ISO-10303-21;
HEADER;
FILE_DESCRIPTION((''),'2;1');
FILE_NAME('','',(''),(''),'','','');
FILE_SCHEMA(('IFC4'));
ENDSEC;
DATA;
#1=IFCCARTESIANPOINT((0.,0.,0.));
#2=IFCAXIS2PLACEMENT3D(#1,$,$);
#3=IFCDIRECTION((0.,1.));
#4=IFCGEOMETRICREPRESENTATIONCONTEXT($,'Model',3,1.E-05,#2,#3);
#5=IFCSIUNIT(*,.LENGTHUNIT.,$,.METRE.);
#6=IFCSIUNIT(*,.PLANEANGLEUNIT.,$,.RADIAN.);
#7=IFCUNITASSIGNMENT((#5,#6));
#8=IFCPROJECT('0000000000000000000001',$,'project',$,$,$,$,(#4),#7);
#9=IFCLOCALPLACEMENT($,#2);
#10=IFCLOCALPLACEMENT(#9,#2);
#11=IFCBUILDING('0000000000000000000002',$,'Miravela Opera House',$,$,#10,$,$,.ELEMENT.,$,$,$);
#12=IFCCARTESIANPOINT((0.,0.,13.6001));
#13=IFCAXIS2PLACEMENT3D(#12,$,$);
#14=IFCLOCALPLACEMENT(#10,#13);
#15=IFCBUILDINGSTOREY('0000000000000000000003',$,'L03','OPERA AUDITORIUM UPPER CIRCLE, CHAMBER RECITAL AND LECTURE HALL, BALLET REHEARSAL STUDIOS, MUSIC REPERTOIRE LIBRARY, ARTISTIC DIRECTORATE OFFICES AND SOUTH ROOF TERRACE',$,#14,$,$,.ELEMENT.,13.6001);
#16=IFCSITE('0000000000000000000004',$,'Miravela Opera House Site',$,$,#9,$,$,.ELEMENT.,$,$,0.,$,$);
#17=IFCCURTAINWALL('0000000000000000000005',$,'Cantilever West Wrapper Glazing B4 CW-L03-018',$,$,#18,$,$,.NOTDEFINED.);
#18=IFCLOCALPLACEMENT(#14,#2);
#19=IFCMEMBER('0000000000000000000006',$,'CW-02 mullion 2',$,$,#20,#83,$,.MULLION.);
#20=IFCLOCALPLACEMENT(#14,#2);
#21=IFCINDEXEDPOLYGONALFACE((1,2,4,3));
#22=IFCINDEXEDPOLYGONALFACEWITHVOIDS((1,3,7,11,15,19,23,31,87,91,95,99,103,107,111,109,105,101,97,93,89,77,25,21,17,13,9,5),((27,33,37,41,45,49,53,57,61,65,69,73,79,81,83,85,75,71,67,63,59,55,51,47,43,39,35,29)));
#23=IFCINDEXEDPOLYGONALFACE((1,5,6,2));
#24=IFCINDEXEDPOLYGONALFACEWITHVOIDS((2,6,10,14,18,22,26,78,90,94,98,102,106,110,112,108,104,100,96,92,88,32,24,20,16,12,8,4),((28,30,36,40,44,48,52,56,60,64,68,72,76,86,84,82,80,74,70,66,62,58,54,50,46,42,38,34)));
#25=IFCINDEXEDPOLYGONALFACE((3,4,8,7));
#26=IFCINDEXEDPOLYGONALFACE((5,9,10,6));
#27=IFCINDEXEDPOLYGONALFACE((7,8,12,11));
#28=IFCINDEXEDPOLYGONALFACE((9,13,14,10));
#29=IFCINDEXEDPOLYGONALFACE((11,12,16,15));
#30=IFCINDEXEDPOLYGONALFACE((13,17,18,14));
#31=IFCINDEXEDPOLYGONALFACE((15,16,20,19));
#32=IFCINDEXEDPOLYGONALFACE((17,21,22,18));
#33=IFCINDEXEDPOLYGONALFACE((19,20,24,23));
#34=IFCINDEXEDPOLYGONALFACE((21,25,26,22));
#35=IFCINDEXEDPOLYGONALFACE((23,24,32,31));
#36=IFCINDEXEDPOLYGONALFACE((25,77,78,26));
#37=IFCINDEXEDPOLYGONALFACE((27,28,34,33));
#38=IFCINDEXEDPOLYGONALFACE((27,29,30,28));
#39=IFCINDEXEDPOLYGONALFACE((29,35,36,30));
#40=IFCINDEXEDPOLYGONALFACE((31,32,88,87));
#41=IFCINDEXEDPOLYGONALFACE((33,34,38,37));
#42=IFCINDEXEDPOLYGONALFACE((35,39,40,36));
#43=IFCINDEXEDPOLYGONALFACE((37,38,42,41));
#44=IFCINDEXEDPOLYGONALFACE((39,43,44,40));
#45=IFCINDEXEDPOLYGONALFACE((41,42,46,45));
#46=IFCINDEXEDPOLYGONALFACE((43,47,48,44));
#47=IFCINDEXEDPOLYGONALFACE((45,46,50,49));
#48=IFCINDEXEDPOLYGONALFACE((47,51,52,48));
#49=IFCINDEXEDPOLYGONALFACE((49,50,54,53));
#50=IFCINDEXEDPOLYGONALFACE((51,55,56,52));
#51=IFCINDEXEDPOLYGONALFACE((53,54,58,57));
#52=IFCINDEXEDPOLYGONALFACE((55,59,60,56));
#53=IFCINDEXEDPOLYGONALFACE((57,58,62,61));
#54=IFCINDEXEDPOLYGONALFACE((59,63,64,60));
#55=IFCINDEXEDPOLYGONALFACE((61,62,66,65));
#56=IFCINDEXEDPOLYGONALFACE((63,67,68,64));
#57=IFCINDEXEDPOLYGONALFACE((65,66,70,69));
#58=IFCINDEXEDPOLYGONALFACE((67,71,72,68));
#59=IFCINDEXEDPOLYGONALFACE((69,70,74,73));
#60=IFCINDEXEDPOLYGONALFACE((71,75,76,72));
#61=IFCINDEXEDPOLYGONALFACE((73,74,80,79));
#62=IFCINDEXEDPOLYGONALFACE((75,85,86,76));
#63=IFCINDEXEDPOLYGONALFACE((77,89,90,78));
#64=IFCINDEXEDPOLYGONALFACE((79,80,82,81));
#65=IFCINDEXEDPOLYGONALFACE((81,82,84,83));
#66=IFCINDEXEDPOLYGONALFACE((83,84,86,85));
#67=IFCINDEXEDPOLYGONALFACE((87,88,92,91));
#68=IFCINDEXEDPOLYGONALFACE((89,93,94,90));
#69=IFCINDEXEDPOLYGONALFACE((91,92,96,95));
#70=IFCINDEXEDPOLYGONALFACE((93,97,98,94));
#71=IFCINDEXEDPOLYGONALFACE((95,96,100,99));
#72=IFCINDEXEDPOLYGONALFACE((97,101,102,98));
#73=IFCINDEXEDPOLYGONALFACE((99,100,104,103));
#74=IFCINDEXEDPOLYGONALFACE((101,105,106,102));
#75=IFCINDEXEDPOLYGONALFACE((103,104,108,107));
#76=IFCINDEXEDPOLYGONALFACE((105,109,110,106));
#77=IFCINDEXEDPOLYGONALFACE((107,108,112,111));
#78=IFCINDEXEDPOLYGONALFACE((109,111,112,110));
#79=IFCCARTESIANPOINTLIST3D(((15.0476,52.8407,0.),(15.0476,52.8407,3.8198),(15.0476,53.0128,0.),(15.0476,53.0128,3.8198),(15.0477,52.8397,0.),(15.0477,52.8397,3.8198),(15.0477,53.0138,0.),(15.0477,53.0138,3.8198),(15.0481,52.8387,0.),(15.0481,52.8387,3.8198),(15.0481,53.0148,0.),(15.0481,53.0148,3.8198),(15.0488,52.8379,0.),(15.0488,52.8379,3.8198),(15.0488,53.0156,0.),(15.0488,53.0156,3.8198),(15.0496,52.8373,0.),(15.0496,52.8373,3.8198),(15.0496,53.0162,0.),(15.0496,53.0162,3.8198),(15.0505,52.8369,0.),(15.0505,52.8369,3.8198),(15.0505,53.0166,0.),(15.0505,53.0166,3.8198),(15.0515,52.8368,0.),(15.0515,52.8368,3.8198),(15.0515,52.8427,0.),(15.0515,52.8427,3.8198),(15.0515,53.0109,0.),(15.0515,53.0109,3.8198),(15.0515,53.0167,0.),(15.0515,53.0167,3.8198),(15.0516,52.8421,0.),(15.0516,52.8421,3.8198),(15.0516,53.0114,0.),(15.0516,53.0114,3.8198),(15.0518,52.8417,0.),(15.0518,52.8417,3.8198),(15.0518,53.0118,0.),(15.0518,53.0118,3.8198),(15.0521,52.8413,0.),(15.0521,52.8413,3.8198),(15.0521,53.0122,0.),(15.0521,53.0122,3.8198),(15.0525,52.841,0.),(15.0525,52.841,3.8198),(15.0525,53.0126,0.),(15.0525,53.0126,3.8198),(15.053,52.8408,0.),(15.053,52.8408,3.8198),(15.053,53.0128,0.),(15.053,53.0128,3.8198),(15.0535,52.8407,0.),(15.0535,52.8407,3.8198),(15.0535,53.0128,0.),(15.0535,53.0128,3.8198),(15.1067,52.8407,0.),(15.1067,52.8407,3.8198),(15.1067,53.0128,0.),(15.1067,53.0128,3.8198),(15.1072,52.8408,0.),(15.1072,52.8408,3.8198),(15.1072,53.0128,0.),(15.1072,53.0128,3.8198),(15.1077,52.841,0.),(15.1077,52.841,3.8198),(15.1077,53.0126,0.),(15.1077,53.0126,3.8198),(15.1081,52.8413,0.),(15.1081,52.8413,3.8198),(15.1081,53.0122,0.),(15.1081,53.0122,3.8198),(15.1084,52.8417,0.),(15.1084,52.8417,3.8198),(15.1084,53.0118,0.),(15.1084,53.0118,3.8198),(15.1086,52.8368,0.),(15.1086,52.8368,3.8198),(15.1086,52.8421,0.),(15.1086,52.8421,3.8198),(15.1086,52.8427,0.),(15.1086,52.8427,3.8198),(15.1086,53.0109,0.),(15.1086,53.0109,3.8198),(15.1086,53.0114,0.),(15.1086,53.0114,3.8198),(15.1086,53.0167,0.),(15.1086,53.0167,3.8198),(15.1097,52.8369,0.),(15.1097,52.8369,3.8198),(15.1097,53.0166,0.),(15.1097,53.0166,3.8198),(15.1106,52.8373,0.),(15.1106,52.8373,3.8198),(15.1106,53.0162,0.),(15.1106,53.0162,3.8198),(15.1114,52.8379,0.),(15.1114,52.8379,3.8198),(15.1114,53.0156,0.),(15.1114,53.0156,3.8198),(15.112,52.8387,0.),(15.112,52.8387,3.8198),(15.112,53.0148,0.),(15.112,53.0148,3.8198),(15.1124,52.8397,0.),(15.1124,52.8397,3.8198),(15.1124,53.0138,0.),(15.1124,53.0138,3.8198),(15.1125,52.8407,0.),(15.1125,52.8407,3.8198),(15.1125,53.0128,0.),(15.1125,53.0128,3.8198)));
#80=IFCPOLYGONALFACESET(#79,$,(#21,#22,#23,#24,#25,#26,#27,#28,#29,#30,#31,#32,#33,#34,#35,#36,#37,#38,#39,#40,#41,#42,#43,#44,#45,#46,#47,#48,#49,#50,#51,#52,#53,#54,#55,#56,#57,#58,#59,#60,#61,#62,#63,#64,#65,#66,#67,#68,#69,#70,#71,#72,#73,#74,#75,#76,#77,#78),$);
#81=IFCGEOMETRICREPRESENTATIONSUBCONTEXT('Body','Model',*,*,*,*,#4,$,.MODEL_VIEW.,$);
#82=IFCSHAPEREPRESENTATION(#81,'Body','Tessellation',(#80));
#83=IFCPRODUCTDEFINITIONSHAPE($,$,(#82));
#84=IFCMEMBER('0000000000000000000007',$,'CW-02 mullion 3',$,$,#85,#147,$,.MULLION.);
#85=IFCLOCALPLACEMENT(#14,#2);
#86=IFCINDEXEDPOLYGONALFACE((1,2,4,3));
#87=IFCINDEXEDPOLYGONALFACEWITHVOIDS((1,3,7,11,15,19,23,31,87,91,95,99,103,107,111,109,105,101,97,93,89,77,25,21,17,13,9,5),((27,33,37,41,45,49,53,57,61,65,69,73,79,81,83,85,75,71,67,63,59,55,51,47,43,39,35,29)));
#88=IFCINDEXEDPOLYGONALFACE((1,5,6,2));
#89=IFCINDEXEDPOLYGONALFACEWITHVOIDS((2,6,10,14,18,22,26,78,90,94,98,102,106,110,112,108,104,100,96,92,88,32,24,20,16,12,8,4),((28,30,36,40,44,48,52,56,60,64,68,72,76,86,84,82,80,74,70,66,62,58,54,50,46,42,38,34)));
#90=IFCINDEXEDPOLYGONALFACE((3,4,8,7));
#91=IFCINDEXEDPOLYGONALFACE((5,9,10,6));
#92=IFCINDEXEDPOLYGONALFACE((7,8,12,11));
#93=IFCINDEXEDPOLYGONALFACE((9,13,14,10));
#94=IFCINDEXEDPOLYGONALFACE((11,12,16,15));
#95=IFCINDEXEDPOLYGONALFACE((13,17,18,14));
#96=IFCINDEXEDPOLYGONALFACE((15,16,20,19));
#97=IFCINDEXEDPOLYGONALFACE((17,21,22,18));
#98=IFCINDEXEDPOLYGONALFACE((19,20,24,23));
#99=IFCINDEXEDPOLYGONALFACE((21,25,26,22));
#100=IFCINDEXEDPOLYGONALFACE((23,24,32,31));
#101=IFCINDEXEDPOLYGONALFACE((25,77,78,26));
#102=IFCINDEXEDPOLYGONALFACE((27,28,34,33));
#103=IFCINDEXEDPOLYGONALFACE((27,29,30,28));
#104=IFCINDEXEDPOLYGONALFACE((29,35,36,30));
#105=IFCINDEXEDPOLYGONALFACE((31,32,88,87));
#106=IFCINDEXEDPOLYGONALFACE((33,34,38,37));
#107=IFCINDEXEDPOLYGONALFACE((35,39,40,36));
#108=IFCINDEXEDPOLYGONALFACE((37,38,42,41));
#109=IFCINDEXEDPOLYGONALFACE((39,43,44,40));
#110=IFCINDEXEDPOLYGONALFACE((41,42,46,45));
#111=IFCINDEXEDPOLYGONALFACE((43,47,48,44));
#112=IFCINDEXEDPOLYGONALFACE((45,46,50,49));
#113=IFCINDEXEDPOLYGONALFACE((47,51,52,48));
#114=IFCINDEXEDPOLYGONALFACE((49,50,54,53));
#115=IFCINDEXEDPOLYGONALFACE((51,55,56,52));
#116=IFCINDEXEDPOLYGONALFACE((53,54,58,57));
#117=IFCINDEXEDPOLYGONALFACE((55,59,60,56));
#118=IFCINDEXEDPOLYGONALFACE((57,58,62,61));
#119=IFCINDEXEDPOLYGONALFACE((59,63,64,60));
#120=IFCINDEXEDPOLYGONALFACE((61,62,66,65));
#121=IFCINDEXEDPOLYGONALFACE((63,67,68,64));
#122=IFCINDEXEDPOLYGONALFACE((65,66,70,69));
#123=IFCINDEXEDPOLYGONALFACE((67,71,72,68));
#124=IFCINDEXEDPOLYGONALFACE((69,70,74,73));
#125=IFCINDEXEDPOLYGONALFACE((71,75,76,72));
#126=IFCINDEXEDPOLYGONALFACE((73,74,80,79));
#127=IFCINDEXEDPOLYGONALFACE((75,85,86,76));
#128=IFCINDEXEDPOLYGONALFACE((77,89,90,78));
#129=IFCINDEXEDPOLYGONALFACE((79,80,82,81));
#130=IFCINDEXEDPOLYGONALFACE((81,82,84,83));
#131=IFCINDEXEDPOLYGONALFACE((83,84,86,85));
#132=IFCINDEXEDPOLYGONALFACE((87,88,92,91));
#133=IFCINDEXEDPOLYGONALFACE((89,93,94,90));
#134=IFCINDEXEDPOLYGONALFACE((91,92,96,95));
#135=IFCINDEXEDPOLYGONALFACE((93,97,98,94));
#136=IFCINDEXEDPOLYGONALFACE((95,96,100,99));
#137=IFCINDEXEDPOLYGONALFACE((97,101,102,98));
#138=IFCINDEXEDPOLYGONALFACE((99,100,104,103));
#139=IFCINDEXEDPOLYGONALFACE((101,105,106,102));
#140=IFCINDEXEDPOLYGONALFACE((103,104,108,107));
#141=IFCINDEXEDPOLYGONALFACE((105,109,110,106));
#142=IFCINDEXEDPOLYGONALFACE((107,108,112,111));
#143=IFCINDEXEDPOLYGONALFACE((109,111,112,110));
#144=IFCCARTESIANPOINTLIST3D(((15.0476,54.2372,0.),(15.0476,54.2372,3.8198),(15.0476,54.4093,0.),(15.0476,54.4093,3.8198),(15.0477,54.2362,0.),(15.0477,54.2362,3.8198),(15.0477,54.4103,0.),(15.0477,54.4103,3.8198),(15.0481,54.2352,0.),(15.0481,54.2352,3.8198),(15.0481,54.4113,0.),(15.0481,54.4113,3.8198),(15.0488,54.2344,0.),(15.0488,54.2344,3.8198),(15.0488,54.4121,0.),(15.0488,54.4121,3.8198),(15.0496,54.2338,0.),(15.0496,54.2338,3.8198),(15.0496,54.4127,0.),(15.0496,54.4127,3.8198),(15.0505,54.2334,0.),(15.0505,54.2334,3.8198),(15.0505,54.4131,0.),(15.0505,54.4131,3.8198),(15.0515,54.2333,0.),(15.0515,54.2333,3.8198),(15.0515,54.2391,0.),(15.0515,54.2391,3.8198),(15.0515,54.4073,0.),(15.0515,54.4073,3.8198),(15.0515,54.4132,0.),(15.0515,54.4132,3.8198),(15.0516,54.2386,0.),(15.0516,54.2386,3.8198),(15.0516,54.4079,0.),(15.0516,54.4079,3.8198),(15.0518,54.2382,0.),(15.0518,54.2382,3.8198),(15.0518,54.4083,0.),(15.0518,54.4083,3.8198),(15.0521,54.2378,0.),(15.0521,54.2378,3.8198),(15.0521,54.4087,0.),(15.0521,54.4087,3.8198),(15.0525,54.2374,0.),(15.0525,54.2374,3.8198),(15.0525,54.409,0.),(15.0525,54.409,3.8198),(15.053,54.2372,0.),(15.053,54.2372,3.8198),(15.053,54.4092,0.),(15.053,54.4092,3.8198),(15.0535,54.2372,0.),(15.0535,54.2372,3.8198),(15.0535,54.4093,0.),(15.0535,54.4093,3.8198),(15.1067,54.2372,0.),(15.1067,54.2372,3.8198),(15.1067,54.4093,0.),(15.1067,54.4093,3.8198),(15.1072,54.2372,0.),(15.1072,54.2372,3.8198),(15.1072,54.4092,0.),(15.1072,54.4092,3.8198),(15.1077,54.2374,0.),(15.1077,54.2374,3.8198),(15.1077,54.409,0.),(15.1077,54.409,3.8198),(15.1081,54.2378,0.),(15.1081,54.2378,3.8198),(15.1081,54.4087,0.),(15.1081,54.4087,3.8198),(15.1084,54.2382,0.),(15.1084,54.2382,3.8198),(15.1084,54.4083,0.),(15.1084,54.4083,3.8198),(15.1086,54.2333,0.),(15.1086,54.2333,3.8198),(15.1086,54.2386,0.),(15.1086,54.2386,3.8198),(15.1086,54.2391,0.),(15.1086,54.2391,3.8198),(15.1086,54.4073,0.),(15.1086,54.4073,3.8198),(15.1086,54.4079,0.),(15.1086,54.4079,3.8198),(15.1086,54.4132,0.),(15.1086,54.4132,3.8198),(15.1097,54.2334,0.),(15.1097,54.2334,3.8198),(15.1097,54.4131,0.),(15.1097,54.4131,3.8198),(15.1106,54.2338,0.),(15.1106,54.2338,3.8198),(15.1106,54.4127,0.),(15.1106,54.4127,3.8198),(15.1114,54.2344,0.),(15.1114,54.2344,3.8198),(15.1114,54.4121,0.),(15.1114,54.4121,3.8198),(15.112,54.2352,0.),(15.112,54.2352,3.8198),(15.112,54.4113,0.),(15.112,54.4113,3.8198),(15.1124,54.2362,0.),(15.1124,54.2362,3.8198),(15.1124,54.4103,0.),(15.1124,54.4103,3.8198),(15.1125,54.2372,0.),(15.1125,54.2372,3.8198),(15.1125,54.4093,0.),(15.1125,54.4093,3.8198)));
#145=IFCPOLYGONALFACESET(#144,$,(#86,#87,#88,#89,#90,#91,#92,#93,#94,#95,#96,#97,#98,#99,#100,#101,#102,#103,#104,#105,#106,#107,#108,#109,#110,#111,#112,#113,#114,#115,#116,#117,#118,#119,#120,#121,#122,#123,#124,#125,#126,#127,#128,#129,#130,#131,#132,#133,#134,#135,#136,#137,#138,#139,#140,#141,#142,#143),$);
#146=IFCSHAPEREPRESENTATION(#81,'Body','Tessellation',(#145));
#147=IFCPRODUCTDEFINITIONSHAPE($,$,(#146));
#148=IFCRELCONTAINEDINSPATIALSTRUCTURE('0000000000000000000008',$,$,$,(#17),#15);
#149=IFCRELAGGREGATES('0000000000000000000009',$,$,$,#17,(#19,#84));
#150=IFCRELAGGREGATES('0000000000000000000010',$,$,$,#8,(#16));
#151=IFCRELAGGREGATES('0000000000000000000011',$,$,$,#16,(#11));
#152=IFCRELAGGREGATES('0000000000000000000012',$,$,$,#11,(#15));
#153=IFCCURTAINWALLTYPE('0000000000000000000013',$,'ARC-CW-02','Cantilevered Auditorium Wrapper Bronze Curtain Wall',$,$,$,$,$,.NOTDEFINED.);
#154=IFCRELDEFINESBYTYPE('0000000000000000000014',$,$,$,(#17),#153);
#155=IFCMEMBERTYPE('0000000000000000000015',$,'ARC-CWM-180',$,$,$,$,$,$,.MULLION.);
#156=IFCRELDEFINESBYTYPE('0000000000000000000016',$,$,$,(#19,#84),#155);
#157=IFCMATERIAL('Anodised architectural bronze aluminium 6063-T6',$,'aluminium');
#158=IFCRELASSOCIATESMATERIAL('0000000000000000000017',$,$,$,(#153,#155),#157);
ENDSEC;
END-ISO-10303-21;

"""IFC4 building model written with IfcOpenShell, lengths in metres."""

from ifc_helpers import new_model, si_unit, direction, frame, origin, origin_2d, place, context, subcontext, project, spatial, hollow_rectangle, extrude, material, material_profile, profile_set, type_object, element, aggregate, save


model = new_model("IFC4")

# Units and contexts
model_context = context("Model", 3, precision=1e-05, world=origin(), true_north=direction((0.0, 1.0)))
body_context = subcontext(model_context, "Body", "Model", "MODEL_VIEW")
ifc_project = project(units=[si_unit("LENGTHUNIT", "METRE"), si_unit("PLANEANGLEUNIT", "RADIAN")], contexts=[model_context])

# Site, building, storey
site_placement = place(None, origin())
site = spatial("IfcSite", under=ifc_project, at=site_placement, Name="Miravela Opera House Site", CompositionType="ELEMENT", RefElevation=0.0)
building_placement = place(site_placement, origin())
building = spatial("IfcBuilding", under=site, at=building_placement, Name="Miravela Opera House", CompositionType="ELEMENT")
storey_placement = place(building_placement, frame((0.0, 0.0, 13.6001)))
storey = spatial("IfcBuildingStorey", under=building, at=storey_placement, Name="L03", Description="OPERA AUDITORIUM UPPER CIRCLE, CHAMBER RECITAL AND LECTURE HALL, BALLET REHEARSAL STUDIOS, MUSIC REPERTOIRE LIBRARY, ARTISTIC DIRECTORATE OFFICES AND SOUTH ROOF TERRACE", CompositionType="ELEMENT", Elevation=13.6001)

# Curtain wall, members
ifc_material_1 = material(Name="Anodised architectural bronze aluminium 6063-T6", Category="aluminium")
curtain_wall_type = type_object("IfcCurtainWallType", Name="ARC-CW-02", Description="Cantilevered Auditorium Wrapper Bronze Curtain Wall", PredefinedType="NOTDEFINED", material=ifc_material_1)
curtain_wall_placement = place(storey_placement, origin())
curtain_wall = element("IfcCurtainWall", 1, at=curtain_wall_placement, inside=storey, type_object=curtain_wall_type, Name="Cantilever West Wrapper Glazing B4 CW-L03-018", PredefinedType="NOTDEFINED")
ifc_material_profile_1 = material_profile(ifc_material_1, hollow_rectangle(XDim=0.0649, YDim=0.1799, WallThickness=0.0039, InnerFilletRadius=0.002, OuterFilletRadius=0.0039, at=origin_2d()), Name="CWM-65X180")
ifc_profile_set_1 = profile_set([ifc_material_profile_1])
member_type_1 = type_object("IfcMemberType", Name="ARC-CWM-180", PredefinedType="MULLION", material=ifc_profile_set_1)
member_1_placement = place(storey_placement, frame((15.0801, 52.9268, 0.0), z_axis=(0.0, 0.0, 1.0), x_axis=(-1.0, 0.0, 0.0)))
member_1 = element("IfcMember", 2, at=member_1_placement, type_object=member_type_1, Name="CW-02 mullion 2", PredefinedType="MULLION", context=body_context, shape_type="SweptSolid", body=[
    extrude(hollow_rectangle(XDim=0.0649, YDim=0.1799, WallThickness=0.0039, InnerFilletRadius=0.002, OuterFilletRadius=0.0039, at=origin_2d()), origin(), (0.0, 0.0, 1.0), 3.8198),
])
member_2_placement = place(storey_placement, frame((15.0801, 54.3232, 0.0), z_axis=(0.0, 0.0, 1.0), x_axis=(-1.0, 0.0, 0.0)))
member_2 = element("IfcMember", 3, at=member_2_placement, type_object=member_type_1, Name="CW-02 mullion 3", PredefinedType="MULLION", context=body_context, shape_type="SweptSolid", body=[
    extrude(hollow_rectangle(XDim=0.0649, YDim=0.1799, WallThickness=0.0039, InnerFilletRadius=0.002, OuterFilletRadius=0.0039, at=origin_2d()), origin(), (0.0, 0.0, 1.0), 3.8198),
])

aggregate(curtain_wall, [member_1, member_2])

save(model, "model.ifc")
